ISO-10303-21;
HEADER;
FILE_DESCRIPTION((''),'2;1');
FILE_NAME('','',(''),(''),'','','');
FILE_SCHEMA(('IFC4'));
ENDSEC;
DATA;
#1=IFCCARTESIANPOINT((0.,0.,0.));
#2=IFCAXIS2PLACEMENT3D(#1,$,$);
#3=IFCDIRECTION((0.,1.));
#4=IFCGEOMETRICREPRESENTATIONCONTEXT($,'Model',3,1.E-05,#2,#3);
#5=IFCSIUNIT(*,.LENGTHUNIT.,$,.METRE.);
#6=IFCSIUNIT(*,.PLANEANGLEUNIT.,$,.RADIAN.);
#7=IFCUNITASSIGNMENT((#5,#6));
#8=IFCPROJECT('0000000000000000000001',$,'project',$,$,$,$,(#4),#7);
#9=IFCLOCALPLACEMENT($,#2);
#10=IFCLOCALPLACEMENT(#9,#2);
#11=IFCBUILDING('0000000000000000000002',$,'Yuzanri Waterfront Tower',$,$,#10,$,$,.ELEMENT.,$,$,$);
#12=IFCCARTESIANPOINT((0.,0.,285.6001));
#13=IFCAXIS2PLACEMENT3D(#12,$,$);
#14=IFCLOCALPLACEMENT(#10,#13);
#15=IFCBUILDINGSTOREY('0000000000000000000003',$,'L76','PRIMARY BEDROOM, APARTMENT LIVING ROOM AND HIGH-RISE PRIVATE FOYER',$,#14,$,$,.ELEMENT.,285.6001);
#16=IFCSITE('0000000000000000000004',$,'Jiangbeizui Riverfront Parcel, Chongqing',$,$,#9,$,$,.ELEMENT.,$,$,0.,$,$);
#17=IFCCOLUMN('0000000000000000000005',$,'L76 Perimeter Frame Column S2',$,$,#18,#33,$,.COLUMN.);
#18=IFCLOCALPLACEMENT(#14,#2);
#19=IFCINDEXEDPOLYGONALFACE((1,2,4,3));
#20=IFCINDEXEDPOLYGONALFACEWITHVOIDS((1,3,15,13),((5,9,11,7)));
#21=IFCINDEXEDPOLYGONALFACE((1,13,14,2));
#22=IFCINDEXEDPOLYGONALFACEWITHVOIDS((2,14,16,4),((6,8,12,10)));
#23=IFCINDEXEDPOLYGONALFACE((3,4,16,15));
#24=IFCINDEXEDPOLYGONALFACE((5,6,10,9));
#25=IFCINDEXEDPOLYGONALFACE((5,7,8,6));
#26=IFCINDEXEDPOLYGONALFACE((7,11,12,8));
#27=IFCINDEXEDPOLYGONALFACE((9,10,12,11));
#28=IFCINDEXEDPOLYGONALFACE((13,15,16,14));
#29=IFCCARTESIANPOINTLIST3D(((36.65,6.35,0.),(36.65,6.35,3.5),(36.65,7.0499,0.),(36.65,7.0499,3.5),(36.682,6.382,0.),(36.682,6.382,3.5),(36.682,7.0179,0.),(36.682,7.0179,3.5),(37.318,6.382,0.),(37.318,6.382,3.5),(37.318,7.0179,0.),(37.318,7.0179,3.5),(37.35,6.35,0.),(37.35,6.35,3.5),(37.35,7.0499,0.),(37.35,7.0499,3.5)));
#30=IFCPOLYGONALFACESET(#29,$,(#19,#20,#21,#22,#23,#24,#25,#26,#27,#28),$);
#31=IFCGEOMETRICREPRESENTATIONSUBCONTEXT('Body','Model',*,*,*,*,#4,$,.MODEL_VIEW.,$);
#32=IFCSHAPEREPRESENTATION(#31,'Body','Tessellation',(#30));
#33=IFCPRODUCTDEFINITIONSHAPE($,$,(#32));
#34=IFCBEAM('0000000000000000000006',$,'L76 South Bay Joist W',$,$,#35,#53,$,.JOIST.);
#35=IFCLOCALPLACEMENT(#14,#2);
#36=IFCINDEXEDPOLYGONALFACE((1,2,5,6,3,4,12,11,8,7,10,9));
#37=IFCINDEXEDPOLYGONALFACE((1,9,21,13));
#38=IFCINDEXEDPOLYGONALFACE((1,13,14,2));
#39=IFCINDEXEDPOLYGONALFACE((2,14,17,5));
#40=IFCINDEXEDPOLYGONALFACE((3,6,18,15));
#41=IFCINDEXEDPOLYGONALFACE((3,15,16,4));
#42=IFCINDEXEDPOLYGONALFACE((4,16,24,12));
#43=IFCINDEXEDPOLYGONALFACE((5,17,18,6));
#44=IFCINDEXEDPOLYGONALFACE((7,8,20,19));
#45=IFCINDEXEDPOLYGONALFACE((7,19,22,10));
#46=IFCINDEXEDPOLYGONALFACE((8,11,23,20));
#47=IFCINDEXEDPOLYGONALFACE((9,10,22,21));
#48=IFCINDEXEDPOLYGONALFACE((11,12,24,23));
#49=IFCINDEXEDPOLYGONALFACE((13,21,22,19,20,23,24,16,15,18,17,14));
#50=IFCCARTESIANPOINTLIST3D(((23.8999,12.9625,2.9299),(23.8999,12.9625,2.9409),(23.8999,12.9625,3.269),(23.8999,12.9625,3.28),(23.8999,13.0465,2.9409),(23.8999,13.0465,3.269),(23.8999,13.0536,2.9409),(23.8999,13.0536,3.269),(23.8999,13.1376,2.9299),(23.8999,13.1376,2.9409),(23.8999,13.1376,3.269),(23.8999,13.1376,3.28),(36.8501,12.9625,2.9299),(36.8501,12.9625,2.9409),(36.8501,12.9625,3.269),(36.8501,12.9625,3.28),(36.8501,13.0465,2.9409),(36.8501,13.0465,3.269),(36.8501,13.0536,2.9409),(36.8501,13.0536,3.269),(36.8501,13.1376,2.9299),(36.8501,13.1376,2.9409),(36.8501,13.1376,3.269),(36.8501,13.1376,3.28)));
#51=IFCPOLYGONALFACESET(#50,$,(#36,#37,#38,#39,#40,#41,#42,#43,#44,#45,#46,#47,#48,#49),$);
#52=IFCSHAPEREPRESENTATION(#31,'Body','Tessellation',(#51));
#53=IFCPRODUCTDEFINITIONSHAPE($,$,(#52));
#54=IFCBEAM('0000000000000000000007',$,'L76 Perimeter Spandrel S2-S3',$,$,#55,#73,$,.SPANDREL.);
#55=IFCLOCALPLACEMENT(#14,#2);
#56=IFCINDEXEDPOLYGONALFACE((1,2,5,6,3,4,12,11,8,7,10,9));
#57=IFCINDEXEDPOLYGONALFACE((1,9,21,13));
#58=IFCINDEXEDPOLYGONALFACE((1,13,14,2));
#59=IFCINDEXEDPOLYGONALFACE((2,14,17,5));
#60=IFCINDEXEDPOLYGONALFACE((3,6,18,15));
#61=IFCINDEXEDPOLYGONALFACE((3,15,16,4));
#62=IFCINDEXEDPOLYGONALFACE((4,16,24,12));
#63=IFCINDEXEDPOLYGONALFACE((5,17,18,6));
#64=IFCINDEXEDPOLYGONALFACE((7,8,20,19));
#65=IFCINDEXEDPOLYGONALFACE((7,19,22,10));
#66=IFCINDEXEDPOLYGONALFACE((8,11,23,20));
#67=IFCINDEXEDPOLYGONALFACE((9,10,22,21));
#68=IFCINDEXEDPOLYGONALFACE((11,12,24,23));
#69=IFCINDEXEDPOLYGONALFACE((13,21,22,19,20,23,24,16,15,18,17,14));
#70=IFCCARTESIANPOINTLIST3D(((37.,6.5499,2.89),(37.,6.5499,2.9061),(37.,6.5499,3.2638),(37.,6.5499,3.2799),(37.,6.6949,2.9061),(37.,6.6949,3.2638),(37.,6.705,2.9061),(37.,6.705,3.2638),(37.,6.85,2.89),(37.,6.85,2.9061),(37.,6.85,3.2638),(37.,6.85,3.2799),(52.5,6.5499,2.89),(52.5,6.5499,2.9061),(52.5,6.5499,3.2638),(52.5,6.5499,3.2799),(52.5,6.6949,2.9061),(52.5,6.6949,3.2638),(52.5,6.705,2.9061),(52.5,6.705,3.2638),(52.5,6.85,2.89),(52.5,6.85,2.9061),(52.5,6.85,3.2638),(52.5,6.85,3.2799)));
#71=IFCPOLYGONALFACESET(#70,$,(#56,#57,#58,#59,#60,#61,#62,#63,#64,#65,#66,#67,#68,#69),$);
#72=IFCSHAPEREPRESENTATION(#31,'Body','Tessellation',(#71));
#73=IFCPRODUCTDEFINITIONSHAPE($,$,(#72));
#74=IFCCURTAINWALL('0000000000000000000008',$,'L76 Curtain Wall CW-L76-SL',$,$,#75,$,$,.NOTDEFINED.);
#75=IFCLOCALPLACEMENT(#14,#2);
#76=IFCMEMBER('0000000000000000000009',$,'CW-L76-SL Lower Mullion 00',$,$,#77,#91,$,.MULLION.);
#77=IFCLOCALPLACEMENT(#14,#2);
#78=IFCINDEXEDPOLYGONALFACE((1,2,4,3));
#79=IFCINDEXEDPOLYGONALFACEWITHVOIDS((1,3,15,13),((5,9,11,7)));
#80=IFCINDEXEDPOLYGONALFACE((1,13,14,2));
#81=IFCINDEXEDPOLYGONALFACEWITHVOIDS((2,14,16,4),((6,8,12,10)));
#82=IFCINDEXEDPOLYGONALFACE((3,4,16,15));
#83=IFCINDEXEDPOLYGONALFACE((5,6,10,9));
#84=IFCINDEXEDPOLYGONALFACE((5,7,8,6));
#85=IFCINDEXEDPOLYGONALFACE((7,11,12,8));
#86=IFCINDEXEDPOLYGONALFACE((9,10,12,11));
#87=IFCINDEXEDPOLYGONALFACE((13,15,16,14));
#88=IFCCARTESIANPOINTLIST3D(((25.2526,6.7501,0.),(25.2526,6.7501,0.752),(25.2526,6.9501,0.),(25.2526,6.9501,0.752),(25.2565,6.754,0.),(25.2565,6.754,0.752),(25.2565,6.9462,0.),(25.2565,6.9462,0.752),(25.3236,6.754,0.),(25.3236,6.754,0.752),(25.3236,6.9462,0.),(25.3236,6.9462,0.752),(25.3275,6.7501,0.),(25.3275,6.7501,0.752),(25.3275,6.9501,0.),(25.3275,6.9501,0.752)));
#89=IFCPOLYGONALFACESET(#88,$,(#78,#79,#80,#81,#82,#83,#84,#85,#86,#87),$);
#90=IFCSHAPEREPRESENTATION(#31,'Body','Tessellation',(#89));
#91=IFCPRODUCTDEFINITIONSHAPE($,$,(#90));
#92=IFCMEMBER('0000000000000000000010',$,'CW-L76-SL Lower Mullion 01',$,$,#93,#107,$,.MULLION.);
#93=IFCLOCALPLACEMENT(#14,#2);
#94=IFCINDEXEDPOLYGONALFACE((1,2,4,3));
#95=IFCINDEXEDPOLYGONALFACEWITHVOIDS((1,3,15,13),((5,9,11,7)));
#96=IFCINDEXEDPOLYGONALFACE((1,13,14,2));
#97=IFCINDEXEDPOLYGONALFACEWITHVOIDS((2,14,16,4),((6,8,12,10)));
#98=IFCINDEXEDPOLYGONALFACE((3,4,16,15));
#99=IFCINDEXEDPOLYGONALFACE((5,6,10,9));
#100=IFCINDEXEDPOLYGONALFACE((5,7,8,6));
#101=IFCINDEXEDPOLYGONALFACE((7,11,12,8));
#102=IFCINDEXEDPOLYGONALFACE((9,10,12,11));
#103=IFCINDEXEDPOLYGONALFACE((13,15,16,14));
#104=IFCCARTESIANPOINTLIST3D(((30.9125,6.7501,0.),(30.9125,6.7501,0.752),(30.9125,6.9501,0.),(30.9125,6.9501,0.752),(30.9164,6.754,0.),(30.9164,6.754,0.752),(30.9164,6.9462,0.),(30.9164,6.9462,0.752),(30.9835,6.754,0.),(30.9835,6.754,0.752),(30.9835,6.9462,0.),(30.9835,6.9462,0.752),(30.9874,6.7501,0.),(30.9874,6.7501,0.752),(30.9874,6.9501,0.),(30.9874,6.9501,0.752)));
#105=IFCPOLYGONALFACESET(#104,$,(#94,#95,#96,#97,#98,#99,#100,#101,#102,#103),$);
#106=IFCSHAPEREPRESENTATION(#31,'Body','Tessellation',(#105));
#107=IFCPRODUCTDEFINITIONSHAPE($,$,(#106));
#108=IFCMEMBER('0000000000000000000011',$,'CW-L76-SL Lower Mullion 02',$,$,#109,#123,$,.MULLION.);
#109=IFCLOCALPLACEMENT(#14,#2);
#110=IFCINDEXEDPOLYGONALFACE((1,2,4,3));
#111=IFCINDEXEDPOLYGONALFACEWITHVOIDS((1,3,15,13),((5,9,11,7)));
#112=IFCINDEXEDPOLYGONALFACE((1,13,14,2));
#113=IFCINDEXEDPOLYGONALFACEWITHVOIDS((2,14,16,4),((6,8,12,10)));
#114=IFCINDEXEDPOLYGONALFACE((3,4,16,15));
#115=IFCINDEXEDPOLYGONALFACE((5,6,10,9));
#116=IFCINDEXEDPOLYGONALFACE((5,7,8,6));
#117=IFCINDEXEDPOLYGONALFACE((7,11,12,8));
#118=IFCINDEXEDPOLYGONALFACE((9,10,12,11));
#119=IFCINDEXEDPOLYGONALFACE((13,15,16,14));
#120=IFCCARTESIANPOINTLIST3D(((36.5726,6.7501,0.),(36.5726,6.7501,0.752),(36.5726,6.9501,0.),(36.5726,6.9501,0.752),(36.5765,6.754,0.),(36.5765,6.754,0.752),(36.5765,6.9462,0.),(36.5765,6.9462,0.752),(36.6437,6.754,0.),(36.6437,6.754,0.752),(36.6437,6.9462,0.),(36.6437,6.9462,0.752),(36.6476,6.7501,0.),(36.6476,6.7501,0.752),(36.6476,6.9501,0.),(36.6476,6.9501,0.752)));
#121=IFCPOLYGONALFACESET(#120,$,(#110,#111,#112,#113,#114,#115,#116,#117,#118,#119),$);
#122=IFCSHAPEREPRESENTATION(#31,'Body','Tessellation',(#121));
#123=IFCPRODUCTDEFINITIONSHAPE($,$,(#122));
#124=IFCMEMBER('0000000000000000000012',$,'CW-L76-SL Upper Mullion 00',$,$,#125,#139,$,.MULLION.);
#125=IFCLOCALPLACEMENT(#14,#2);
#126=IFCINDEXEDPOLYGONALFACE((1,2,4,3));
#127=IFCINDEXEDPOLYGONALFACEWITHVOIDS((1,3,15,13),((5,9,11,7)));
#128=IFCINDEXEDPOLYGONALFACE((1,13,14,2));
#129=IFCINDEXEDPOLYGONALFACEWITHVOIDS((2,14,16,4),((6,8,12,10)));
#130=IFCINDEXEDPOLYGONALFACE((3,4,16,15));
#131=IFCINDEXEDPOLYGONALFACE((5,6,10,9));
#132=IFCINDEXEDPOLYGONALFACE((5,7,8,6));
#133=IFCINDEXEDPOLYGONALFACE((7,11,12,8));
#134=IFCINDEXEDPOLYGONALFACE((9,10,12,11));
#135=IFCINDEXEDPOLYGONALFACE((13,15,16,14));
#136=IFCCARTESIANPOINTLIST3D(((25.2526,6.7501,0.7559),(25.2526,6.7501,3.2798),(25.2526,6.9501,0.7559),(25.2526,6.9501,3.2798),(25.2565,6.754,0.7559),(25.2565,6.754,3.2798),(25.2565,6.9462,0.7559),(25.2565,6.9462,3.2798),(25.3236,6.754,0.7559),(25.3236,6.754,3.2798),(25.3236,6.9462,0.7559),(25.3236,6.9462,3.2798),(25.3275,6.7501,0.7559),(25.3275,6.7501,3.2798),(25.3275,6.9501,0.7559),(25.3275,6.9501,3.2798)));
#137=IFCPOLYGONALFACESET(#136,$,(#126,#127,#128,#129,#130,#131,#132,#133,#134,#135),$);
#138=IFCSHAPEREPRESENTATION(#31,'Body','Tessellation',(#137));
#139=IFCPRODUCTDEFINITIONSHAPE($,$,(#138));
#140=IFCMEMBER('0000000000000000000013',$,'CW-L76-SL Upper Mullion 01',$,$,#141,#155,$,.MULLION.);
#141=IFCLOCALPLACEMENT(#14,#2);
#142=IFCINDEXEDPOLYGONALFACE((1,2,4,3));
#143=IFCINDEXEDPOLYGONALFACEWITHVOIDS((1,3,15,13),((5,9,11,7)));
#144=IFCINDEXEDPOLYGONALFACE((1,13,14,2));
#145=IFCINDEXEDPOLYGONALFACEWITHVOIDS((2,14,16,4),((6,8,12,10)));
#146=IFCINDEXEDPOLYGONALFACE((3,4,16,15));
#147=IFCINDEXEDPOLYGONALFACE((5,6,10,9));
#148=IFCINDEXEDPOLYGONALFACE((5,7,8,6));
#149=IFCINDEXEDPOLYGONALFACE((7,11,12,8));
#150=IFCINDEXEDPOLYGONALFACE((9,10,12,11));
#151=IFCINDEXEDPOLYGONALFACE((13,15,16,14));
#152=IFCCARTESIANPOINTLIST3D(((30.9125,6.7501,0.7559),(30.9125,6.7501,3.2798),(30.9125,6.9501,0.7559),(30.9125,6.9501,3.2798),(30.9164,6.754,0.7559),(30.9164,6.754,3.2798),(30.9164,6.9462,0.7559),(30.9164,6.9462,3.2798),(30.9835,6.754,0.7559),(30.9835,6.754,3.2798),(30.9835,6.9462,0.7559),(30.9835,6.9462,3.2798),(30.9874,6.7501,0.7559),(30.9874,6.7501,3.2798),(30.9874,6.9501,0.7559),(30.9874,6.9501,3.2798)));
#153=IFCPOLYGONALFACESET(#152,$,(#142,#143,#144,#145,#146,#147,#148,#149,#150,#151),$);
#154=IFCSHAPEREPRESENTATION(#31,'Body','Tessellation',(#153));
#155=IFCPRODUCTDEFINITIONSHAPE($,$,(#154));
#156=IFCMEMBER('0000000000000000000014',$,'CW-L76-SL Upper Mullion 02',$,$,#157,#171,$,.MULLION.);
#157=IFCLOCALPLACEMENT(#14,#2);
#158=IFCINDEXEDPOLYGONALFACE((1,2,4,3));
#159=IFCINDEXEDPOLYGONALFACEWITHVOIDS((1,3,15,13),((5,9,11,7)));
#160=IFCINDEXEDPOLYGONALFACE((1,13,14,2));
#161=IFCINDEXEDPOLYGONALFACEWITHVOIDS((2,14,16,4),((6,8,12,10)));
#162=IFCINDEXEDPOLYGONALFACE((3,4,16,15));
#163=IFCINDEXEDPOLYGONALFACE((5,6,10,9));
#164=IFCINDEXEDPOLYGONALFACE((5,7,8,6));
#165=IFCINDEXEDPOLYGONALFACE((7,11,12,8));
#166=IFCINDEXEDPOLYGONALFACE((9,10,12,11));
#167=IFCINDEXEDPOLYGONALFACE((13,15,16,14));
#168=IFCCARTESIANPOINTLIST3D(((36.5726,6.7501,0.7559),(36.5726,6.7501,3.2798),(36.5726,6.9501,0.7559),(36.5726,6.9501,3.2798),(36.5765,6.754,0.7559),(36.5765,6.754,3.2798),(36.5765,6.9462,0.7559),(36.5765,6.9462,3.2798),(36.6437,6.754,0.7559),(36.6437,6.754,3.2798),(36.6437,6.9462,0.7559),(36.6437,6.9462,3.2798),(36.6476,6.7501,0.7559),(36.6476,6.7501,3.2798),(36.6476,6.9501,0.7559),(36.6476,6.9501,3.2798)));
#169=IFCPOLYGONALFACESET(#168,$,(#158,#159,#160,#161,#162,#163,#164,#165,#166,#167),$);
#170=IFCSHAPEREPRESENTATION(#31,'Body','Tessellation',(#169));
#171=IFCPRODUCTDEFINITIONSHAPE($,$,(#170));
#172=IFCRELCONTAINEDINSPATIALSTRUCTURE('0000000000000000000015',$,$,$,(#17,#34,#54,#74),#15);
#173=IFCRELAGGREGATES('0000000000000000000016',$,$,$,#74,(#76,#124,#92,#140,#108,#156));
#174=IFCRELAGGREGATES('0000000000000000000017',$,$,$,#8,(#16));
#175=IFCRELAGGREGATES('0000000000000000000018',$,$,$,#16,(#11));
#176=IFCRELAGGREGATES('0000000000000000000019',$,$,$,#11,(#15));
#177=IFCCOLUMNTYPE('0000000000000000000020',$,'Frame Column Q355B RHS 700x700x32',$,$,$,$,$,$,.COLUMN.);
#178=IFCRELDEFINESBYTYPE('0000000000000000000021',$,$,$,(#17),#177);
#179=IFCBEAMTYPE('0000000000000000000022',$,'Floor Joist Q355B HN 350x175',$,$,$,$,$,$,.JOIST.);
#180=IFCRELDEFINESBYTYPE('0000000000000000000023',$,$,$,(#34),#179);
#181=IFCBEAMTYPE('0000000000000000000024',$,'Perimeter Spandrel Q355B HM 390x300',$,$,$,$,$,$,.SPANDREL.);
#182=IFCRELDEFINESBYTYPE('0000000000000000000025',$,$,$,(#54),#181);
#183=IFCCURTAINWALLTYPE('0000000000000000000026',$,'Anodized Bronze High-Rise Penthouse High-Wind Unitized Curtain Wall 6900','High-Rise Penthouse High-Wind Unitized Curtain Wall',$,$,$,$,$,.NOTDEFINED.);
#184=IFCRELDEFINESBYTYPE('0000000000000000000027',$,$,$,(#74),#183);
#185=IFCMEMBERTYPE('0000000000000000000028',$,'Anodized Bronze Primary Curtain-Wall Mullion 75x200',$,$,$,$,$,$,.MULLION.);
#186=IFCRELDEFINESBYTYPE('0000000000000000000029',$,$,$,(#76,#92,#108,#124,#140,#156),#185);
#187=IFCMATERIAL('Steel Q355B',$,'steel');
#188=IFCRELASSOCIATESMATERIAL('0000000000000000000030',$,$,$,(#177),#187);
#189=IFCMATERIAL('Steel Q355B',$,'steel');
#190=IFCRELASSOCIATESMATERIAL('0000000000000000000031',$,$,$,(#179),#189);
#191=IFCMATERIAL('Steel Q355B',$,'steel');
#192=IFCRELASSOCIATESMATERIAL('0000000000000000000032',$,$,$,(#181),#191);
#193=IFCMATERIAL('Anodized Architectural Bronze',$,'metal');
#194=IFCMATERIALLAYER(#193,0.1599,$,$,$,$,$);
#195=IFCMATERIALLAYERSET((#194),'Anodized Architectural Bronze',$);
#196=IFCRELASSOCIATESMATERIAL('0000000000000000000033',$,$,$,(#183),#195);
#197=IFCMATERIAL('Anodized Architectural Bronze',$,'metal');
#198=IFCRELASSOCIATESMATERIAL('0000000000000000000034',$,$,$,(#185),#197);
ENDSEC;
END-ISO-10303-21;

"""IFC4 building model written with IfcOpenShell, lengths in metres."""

from ifc_helpers import new_model, si_unit, direction, frame, origin, origin_2d, place, context, subcontext, project, spatial, hollow_rectangle, i_section, extrude, source, transform, mapped, material, layer, layer_set, material_profile, profile_set, type_object, element, aggregate, save


model = new_model("IFC4")

# Units and contexts
model_context = context("Model", 3, precision=1e-05, world=origin(), true_north=direction((0.0, 1.0)))
body_context = subcontext(model_context, "Body", "Model", "MODEL_VIEW")
ifc_project = project(units=[si_unit("LENGTHUNIT", "METRE"), si_unit("PLANEANGLEUNIT", "RADIAN")], contexts=[model_context])

# Site, building, storey
site_placement = place(None, origin())
site = spatial("IfcSite", under=ifc_project, at=site_placement, Name="Jiangbeizui Riverfront Parcel, Chongqing", CompositionType="ELEMENT", RefElevation=0.0)
building_placement = place(site_placement, origin())
building = spatial("IfcBuilding", under=site, at=building_placement, Name="Yuzanri Waterfront Tower", CompositionType="ELEMENT")
storey_placement = place(building_placement, frame((0.0, 0.0, 285.6001)))
storey = spatial("IfcBuildingStorey", under=building, at=storey_placement, Name="L76", Description="PRIMARY BEDROOM, APARTMENT LIVING ROOM AND HIGH-RISE PRIVATE FOYER", CompositionType="ELEMENT", Elevation=285.6001)

# Column
ifc_material_1 = material(Name="Steel Q355B", Category="steel")
ifc_material_profile_1 = material_profile(ifc_material_1, hollow_rectangle(XDim=0.7, YDim=0.7, WallThickness=0.032, at=origin_2d()), Name="RHS 700x700x32")
ifc_profile_set_1 = profile_set([ifc_material_profile_1], Name="Steel Q355B")
column_type = type_object("IfcColumnType", Name="Frame Column Q355B RHS 700x700x32", PredefinedType="COLUMN", material=ifc_profile_set_1)
shared_shape_1 = source(origin(), body_context, "Body", "SweptSolid", [
    extrude(hollow_rectangle(XDim=0.7, YDim=0.7, WallThickness=0.032, at=origin_2d()), origin(), (0.0, 0.0, 1.0), 3.5),
])
column_placement = place(storey_placement, frame((37.0, 6.7, 0.0), z_axis=(0.0, 0.0, 1.0), x_axis=(1.0, 0.0, 0.0)))
element("IfcColumn", 1, at=column_placement, inside=storey, type_object=column_type, Name="L76 Perimeter Frame Column S2", PredefinedType="COLUMN", context=body_context, shape_type="MappedRepresentation", body=[
    mapped(shared_shape_1, transform((0.0, 0.0, 0.0), scale=1.0)),
])

# Beams
ifc_material_2 = material(Name="Steel Q355B", Category="steel")
ifc_material_profile_2 = material_profile(ifc_material_2, i_section(OverallWidth=0.175, OverallDepth=0.3501, WebThickness=0.0071, FlangeThickness=0.011, at=origin_2d()), Name="HN 350x175x7x11")
ifc_profile_set_2 = profile_set([ifc_material_profile_2], Name="Steel Q355B")
beam_type_1 = type_object("IfcBeamType", Name="Floor Joist Q355B HN 350x175", PredefinedType="JOIST", material=ifc_profile_set_2)
shared_shape_2 = source(origin(), body_context, "Body", "SweptSolid", [
    extrude(i_section(OverallWidth=0.175, OverallDepth=0.3501, WebThickness=0.0071, FlangeThickness=0.011, at=origin_2d()), origin(), (0.0, 0.0, 1.0), 12.9502),
])
beam_1_placement = place(storey_placement, frame((23.8999, 13.05, 3.105), z_axis=(1.0, 0.0, 0.0), x_axis=(0.0, 1.0, 0.0)))
element("IfcBeam", 2, at=beam_1_placement, inside=storey, type_object=beam_type_1, Name="L76 South Bay Joist W", PredefinedType="JOIST", context=body_context, shape_type="MappedRepresentation", body=[
    mapped(shared_shape_2, transform((0.0, 0.0, 0.0), scale=1.0)),
])
ifc_material_3 = material(Name="Steel Q355B", Category="steel")
ifc_material_profile_3 = material_profile(ifc_material_3, i_section(OverallWidth=0.3, OverallDepth=0.3899, WebThickness=0.01, FlangeThickness=0.0161, at=origin_2d()), Name="HM 390x300x10x16")
ifc_profile_set_3 = profile_set([ifc_material_profile_3], Name="Steel Q355B")
beam_type_2 = type_object("IfcBeamType", Name="Perimeter Spandrel Q355B HM 390x300", PredefinedType="SPANDREL", material=ifc_profile_set_3)
shared_shape_3 = source(origin(), body_context, "Body", "SweptSolid", [
    extrude(i_section(OverallWidth=0.3, OverallDepth=0.3899, WebThickness=0.01, FlangeThickness=0.0161, at=origin_2d()), origin(), (0.0, 0.0, 1.0), 15.5),
])
beam_2_placement = place(storey_placement, frame((37.0, 6.7, 3.085), z_axis=(1.0, 0.0, 0.0), x_axis=(0.0, 1.0, 0.0)))
element("IfcBeam", 3, at=beam_2_placement, inside=storey, type_object=beam_type_2, Name="L76 Perimeter Spandrel S2-S3", PredefinedType="SPANDREL", context=body_context, shape_type="MappedRepresentation", body=[
    mapped(shared_shape_3, transform((0.0, 0.0, 0.0), scale=1.0)),
])

# Curtain wall, members
ifc_material_4 = material(Name="Anodized Architectural Bronze", Category="metal")
ifc_layer_1 = layer(ifc_material_4, 0.1599)
ifc_layer_set_1 = layer_set([ifc_layer_1], Name="Anodized Architectural Bronze")
curtain_wall_type = type_object("IfcCurtainWallType", Name="Anodized Bronze High-Rise Penthouse High-Wind Unitized Curtain Wall 6900", Description="High-Rise Penthouse High-Wind Unitized Curtain Wall", PredefinedType="NOTDEFINED", material=ifc_layer_set_1)
curtain_wall_placement = place(storey_placement, origin())
curtain_wall = element("IfcCurtainWall", 4, at=curtain_wall_placement, inside=storey, type_object=curtain_wall_type, Name="L76 Curtain Wall CW-L76-SL", PredefinedType="NOTDEFINED")
ifc_material_5 = material(Name="Anodized Architectural Bronze", Category="metal")
ifc_material_profile_4 = material_profile(ifc_material_5, hollow_rectangle(XDim=0.075, YDim=0.2, WallThickness=0.0039, at=origin_2d()), Name="CWM 75x200")
ifc_profile_set_4 = profile_set([ifc_material_profile_4], Name="Anodized Architectural Bronze")
member_type_1 = type_object("IfcMemberType", Name="Anodized Bronze Primary Curtain-Wall Mullion 75x200", PredefinedType="MULLION", material=ifc_profile_set_4)
shared_shape_4 = source(origin(), body_context, "Body", "SweptSolid", [
    extrude(hollow_rectangle(XDim=0.075, YDim=0.2, WallThickness=0.0039, at=origin_2d()), origin(), (0.0, 0.0, 1.0), 0.752),
])
member_1_placement = place(storey_placement, frame((25.29, 6.8501, 0.0), z_axis=(0.0, 0.0, 1.0), x_axis=(1.0, 0.0, 0.0)))
member_1 = element("IfcMember", 5, at=member_1_placement, type_object=member_type_1, Name="CW-L76-SL Lower Mullion 00", PredefinedType="MULLION", context=body_context, shape_type="MappedRepresentation", body=[
    mapped(shared_shape_4, transform((0.0, 0.0, 0.0), scale=1.0)),
])
member_2_placement = place(storey_placement, frame((30.95, 6.8501, 0.0), z_axis=(0.0, 0.0, 1.0), x_axis=(1.0, 0.0, 0.0)))
member_2 = element("IfcMember", 6, at=member_2_placement, type_object=member_type_1, Name="CW-L76-SL Lower Mullion 01", PredefinedType="MULLION", context=body_context, shape_type="MappedRepresentation", body=[
    mapped(shared_shape_4, transform((0.0, 0.0, 0.0), scale=1.0)),
])
member_3_placement = place(storey_placement, frame((36.6101, 6.8501, 0.0), z_axis=(0.0, 0.0, 1.0), x_axis=(1.0, 0.0, 0.0)))
member_3 = element("IfcMember", 7, at=member_3_placement, type_object=member_type_1, Name="CW-L76-SL Lower Mullion 02", PredefinedType="MULLION", context=body_context, shape_type="MappedRepresentation", body=[
    mapped(shared_shape_4, transform((0.0, 0.0, 0.0), scale=1.0)),
])
shared_shape_5 = source(origin(), body_context, "Body", "SweptSolid", [
    extrude(hollow_rectangle(XDim=0.075, YDim=0.2, WallThickness=0.0039, at=origin_2d()), origin(), (0.0, 0.0, 1.0), 2.5239),
])
member_4_placement = place(storey_placement, frame((25.29, 6.8501, 0.7559), z_axis=(0.0, 0.0, 1.0), x_axis=(1.0, 0.0, 0.0)))
member_4 = element("IfcMember", 8, at=member_4_placement, type_object=member_type_1, Name="CW-L76-SL Upper Mullion 00", PredefinedType="MULLION", context=body_context, shape_type="MappedRepresentation", body=[
    mapped(shared_shape_5, transform((0.0, 0.0, 0.0), scale=1.0)),
])
member_5_placement = place(storey_placement, frame((30.95, 6.8501, 0.7559), z_axis=(0.0, 0.0, 1.0), x_axis=(1.0, 0.0, 0.0)))
member_5 = element("IfcMember", 9, at=member_5_placement, type_object=member_type_1, Name="CW-L76-SL Upper Mullion 01", PredefinedType="MULLION", context=body_context, shape_type="MappedRepresentation", body=[
    mapped(shared_shape_5, transform((0.0, 0.0, 0.0), scale=1.0)),
])
member_6_placement = place(storey_placement, frame((36.6101, 6.8501, 0.7559), z_axis=(0.0, 0.0, 1.0), x_axis=(1.0, 0.0, 0.0)))
member_6 = element("IfcMember", 10, at=member_6_placement, type_object=member_type_1, Name="CW-L76-SL Upper Mullion 02", PredefinedType="MULLION", context=body_context, shape_type="MappedRepresentation", body=[
    mapped(shared_shape_5, transform((0.0, 0.0, 0.0), scale=1.0)),
])

aggregate(curtain_wall, [member_1, member_4, member_2, member_5, member_3, member_6])

save(model, "model.ifc")
